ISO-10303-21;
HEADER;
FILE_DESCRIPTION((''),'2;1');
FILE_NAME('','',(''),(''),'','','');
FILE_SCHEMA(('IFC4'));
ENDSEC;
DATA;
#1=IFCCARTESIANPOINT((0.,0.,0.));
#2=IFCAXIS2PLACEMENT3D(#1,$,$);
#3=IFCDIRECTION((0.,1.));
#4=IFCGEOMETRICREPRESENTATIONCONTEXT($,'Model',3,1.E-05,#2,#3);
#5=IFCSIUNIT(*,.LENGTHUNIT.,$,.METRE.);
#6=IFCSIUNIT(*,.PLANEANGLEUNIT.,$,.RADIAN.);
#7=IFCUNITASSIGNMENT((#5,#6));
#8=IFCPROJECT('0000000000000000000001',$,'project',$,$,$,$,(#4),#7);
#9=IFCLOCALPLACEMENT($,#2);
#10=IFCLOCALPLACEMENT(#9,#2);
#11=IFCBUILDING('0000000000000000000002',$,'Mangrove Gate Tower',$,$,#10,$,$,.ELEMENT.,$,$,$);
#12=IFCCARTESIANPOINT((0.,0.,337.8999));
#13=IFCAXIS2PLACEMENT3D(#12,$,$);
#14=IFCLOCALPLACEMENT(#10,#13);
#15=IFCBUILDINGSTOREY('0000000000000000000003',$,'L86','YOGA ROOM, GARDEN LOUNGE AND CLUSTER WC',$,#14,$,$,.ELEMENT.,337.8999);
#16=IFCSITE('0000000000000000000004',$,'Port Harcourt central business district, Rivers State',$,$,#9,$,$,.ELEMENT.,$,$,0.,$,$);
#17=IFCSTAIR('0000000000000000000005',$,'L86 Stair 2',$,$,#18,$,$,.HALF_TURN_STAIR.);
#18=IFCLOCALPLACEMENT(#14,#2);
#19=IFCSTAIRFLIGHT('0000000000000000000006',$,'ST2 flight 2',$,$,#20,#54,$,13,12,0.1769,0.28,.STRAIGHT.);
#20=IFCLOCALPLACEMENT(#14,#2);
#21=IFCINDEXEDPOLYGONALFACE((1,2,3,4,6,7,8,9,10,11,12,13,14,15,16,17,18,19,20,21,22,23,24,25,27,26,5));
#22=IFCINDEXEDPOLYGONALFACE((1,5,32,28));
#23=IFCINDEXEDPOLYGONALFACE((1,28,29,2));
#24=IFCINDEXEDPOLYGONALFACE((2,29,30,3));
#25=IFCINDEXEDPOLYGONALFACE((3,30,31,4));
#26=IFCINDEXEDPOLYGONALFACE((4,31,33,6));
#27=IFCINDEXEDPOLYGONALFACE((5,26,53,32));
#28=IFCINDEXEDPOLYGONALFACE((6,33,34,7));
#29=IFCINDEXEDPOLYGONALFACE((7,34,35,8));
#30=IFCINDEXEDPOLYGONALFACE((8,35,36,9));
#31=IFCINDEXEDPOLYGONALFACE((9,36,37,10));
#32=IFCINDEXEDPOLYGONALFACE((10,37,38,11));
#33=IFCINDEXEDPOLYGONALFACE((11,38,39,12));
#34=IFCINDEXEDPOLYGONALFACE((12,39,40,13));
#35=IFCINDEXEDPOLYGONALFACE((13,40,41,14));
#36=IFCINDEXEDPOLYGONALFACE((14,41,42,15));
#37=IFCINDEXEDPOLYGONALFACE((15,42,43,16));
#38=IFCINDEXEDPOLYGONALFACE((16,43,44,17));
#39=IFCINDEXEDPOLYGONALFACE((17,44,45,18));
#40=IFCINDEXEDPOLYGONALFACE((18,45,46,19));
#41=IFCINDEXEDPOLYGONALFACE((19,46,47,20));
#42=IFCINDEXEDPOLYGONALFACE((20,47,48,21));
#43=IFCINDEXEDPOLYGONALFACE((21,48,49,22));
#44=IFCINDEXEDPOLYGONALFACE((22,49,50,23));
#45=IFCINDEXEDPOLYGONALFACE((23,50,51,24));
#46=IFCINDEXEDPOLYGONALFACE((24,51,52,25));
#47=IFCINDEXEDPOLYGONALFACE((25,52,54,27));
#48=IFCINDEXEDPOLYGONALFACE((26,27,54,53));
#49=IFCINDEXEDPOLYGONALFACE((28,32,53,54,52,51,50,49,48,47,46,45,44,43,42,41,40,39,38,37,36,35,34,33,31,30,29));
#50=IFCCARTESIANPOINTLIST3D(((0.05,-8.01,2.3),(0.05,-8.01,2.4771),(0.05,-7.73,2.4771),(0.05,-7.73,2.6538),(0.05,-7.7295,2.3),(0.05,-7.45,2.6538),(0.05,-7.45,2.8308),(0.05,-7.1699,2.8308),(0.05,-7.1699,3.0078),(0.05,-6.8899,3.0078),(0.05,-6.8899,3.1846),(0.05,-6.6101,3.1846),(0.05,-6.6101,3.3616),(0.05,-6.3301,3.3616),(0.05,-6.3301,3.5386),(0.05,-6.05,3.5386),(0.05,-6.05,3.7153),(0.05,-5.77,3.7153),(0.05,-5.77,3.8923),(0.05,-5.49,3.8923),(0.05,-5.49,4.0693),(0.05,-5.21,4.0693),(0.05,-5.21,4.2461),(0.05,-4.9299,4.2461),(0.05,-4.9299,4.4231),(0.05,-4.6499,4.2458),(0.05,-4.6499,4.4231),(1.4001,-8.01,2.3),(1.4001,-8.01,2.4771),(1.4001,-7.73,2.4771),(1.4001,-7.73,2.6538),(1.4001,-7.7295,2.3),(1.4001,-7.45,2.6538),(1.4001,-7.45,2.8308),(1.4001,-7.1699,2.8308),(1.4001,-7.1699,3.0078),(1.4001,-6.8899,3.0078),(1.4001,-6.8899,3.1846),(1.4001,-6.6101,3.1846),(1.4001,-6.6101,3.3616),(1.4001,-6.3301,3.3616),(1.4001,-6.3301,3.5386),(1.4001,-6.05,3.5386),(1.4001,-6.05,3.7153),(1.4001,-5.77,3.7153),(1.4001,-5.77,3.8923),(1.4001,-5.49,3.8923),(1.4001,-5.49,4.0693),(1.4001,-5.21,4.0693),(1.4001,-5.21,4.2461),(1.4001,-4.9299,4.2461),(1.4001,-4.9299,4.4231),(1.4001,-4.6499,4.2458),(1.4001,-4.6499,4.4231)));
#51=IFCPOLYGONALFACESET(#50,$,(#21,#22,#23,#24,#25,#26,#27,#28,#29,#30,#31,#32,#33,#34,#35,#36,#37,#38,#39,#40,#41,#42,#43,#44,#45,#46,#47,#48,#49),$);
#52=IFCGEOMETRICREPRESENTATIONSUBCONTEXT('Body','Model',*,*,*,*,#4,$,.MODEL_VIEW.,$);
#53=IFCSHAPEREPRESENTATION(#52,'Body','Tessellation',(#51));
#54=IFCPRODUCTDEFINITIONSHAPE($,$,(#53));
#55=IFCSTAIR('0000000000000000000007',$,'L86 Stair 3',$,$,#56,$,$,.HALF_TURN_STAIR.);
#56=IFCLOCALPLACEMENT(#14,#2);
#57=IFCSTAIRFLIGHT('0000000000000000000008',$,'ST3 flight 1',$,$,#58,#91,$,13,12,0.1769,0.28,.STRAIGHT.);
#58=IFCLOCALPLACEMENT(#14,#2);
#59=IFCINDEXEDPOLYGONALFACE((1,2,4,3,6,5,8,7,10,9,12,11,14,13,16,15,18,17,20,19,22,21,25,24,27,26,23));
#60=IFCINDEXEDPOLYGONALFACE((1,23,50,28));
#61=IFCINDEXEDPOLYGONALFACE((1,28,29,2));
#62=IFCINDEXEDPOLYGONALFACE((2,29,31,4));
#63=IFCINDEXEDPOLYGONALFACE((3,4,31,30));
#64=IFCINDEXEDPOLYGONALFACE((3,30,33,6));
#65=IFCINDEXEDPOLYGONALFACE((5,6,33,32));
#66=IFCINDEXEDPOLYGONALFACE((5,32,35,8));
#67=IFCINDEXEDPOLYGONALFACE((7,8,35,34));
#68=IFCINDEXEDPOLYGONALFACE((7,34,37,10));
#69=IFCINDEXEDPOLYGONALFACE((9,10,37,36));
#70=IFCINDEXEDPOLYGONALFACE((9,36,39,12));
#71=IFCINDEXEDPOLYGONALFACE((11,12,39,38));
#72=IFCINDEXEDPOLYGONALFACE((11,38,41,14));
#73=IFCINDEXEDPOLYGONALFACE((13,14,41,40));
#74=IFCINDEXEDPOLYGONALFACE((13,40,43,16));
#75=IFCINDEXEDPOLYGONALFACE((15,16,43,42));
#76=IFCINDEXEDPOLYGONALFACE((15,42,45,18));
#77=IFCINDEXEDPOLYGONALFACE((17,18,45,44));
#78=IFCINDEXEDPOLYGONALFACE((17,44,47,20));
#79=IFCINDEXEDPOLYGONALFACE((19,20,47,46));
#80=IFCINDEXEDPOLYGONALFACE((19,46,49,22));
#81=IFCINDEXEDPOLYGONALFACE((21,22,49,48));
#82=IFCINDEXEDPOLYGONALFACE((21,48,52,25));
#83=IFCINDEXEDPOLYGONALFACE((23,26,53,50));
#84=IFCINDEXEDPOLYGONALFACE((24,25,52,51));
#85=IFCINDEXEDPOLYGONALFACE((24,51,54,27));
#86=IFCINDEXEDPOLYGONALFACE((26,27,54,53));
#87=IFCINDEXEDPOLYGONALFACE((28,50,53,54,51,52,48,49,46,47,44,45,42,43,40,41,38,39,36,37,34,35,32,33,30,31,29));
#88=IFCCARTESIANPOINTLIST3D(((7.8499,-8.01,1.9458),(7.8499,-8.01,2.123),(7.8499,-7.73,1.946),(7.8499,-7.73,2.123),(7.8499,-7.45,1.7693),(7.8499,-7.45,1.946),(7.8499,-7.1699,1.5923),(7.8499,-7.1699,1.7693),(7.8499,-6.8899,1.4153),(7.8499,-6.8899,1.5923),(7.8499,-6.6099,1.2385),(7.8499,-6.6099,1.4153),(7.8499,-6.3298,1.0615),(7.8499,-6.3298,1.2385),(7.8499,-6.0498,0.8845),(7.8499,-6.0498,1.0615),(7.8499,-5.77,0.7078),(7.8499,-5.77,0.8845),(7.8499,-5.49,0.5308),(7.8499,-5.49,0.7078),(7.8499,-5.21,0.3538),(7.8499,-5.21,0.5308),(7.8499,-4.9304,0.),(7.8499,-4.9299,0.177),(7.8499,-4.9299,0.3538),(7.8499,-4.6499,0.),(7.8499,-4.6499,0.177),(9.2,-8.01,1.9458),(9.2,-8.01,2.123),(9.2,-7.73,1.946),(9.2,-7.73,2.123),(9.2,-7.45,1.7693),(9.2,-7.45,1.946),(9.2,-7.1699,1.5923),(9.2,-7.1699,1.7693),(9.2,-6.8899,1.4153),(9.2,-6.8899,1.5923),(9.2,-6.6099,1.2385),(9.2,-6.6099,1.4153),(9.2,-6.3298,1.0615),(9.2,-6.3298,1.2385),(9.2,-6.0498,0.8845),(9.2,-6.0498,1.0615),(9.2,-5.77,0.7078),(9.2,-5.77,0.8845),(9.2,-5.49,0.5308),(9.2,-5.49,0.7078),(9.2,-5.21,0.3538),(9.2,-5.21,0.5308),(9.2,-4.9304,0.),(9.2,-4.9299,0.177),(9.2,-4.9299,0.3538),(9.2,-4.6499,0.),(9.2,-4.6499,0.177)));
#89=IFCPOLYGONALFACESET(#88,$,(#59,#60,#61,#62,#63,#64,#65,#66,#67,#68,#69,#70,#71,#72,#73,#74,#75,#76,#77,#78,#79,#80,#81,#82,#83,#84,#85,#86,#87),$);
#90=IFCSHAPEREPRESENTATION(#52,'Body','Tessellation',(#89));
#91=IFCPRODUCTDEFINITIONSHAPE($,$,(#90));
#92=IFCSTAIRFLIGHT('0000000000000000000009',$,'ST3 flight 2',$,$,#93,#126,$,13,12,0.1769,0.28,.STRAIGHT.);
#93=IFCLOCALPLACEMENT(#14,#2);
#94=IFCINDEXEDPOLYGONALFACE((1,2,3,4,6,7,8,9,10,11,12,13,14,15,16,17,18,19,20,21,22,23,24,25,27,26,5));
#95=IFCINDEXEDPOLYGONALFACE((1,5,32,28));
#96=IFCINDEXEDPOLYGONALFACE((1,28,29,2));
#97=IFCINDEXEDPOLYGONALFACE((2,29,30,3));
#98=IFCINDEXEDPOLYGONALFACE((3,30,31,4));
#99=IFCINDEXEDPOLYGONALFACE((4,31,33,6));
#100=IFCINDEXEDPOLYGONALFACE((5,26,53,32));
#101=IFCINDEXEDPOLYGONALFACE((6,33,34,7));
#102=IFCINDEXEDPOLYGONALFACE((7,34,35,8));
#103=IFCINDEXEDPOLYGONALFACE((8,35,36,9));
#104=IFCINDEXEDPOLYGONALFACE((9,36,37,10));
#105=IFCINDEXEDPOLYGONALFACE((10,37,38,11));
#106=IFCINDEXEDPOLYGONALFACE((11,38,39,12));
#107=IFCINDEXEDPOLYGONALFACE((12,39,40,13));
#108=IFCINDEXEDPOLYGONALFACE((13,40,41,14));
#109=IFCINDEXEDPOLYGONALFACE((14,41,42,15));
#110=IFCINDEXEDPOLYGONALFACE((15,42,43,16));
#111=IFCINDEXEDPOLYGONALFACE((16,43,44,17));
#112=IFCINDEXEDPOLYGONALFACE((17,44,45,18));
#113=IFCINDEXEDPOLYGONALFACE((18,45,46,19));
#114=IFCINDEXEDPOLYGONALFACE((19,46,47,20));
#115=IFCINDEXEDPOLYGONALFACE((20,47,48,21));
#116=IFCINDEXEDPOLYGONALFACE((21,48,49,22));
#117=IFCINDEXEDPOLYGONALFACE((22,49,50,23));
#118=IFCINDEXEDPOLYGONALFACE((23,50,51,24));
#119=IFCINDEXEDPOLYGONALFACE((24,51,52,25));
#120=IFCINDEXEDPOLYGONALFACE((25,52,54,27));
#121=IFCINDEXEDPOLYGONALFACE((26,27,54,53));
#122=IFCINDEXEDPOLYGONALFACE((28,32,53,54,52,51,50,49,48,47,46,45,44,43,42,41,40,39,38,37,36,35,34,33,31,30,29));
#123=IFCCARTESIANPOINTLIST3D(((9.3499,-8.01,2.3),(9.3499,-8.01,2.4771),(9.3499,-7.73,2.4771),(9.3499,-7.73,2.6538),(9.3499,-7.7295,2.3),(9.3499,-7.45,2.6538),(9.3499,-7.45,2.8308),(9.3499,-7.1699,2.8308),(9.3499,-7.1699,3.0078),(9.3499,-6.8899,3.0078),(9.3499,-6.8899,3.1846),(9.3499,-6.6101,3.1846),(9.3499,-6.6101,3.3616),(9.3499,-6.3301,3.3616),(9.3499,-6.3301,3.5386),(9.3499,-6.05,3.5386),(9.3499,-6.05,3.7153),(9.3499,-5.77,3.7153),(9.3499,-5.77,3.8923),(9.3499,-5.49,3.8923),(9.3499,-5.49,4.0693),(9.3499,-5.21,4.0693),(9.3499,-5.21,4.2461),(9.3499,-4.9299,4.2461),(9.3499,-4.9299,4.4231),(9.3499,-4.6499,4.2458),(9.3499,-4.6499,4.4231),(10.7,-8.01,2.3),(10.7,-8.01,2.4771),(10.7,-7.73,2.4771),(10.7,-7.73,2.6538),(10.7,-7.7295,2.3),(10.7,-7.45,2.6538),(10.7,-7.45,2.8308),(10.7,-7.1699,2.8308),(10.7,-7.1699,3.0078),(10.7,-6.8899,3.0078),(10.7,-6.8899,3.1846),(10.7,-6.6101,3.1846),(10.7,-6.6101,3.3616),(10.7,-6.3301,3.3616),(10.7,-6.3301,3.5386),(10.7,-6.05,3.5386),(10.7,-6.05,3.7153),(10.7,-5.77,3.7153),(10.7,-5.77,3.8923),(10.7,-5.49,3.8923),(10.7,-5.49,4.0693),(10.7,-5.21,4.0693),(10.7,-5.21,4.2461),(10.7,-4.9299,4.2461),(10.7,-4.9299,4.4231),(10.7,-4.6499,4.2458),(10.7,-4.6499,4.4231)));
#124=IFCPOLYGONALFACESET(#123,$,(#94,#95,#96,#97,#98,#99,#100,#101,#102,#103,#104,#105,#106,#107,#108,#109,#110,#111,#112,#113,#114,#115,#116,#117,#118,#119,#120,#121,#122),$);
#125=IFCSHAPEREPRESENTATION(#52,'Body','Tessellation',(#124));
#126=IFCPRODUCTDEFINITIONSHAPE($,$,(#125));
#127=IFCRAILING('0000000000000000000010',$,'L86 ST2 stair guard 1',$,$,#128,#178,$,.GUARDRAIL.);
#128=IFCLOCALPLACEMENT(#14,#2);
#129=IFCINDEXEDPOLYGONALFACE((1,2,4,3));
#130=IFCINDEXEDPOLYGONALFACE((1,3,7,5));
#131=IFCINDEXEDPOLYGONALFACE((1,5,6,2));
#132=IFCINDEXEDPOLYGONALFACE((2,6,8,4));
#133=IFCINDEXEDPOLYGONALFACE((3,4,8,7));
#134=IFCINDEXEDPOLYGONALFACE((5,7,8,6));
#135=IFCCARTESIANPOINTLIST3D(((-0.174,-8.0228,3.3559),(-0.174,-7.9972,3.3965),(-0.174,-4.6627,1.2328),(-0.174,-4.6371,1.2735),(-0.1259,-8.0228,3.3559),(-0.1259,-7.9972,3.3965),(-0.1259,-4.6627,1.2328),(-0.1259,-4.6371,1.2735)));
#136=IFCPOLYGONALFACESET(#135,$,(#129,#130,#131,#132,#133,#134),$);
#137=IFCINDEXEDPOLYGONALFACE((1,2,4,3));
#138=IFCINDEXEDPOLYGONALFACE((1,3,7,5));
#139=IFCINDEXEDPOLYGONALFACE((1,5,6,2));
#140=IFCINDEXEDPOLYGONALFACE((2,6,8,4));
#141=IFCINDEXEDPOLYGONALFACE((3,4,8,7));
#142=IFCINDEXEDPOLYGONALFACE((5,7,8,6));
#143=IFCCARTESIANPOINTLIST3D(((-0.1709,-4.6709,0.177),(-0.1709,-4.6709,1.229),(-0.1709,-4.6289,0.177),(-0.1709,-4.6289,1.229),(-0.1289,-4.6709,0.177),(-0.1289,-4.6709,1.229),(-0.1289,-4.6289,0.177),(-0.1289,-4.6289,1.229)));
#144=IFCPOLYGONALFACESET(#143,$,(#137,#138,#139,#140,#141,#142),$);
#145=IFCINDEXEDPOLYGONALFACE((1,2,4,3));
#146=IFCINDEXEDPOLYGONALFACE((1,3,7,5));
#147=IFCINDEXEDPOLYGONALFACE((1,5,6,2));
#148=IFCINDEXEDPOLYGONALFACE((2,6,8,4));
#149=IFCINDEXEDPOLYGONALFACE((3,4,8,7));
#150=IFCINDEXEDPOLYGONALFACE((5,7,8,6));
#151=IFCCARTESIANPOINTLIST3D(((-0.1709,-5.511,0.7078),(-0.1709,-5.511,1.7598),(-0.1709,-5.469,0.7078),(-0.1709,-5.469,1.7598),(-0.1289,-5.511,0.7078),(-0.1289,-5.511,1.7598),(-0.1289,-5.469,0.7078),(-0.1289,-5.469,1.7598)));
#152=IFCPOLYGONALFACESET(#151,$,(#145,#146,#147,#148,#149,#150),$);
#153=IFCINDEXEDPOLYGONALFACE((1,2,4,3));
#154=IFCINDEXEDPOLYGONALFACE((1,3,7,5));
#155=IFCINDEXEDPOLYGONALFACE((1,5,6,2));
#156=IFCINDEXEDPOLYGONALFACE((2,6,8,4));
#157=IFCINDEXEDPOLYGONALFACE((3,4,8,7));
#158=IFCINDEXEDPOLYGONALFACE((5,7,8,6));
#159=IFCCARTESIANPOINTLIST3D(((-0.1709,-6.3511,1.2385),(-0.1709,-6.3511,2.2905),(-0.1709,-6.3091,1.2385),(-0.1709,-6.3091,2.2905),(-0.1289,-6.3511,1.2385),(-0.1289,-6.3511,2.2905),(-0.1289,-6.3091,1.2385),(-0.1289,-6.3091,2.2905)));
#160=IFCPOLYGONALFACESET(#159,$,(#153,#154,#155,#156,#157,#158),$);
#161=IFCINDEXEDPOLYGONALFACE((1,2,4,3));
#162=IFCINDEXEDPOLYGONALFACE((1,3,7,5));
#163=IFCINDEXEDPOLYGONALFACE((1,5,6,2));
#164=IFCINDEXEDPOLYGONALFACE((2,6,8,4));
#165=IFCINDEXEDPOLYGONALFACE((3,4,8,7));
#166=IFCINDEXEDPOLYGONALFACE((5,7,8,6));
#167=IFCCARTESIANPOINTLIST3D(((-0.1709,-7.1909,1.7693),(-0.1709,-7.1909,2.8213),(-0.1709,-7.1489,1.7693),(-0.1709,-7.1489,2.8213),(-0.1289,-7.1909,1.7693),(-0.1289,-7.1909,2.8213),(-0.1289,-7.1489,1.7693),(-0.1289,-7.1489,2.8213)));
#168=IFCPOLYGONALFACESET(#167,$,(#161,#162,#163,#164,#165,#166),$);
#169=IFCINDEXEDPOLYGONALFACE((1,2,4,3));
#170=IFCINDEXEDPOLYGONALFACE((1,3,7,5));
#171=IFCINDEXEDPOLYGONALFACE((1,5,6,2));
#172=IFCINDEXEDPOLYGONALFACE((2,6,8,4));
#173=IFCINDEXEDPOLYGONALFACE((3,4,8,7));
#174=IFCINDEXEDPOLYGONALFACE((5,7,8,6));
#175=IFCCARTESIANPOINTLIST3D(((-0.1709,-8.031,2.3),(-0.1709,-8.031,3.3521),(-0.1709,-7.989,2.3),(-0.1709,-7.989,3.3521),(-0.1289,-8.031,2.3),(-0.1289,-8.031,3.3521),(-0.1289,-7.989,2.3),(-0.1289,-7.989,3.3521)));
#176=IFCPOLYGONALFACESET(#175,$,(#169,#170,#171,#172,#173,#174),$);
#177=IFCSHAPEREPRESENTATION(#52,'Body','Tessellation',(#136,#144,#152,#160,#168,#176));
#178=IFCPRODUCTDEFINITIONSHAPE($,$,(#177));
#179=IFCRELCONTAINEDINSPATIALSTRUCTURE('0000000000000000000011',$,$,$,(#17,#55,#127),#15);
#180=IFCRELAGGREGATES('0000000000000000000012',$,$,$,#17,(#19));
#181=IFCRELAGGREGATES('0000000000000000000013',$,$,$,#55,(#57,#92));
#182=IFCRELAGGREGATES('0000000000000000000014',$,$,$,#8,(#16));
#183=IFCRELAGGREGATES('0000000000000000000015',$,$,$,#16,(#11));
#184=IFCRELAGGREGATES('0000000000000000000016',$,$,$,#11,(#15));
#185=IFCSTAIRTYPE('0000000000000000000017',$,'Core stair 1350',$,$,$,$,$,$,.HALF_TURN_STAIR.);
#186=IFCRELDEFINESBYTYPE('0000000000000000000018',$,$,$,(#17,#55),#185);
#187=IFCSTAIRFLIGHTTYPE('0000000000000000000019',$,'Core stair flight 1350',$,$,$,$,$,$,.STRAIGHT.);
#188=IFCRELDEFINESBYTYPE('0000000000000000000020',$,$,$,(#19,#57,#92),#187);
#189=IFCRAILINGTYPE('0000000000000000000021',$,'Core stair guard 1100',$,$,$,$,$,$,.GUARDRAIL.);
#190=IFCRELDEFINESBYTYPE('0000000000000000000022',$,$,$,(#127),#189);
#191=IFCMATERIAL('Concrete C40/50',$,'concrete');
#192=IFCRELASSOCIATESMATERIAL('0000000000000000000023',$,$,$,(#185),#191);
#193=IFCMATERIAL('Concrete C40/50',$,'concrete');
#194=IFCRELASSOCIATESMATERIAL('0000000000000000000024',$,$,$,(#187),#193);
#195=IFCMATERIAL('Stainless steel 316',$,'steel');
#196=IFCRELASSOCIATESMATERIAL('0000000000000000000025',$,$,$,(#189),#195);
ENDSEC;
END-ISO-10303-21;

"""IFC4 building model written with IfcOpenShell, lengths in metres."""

from ifc_helpers import new_model, si_unit, direction, frame, origin, origin_2d, place, context, subcontext, project, spatial, polyline, rectangle, outline, extrude, material, type_object, element, aggregate, save


model = new_model("IFC4")

# Units and contexts
model_context = context("Model", 3, precision=1e-05, world=origin(), true_north=direction((0.0, 1.0)))
body_context = subcontext(model_context, "Body", "Model", "MODEL_VIEW")
ifc_project = project(units=[si_unit("LENGTHUNIT", "METRE"), si_unit("PLANEANGLEUNIT", "RADIAN")], contexts=[model_context])

# Site, building, storey
site_placement = place(None, origin())
site = spatial("IfcSite", under=ifc_project, at=site_placement, Name="Port Harcourt central business district, Rivers State", CompositionType="ELEMENT", RefElevation=0.0)
building_placement = place(site_placement, origin())
building = spatial("IfcBuilding", under=site, at=building_placement, Name="Mangrove Gate Tower", CompositionType="ELEMENT")
storey_placement = place(building_placement, frame((0.0, 0.0, 337.8999)))
storey = spatial("IfcBuildingStorey", under=building, at=storey_placement, Name="L86", Description="YOGA ROOM, GARDEN LOUNGE AND CLUSTER WC", CompositionType="ELEMENT", Elevation=337.8999)

# Stairs, stair flights
ifc_material_1 = material(Name="Concrete C40/50", Category="concrete")
stair_type = type_object("IfcStairType", Name="Core stair 1350", PredefinedType="HALF_TURN_STAIR", material=ifc_material_1)
stair_1_placement = place(storey_placement, origin())
stair_1 = element("IfcStair", 1, at=stair_1_placement, inside=storey, type_object=stair_type, Name="L86 Stair 2", PredefinedType="HALF_TURN_STAIR")
ifc_material_2 = material(Name="Concrete C40/50", Category="concrete")
stair_flight_type = type_object("IfcStairFlightType", Name="Core stair flight 1350", PredefinedType="STRAIGHT", material=ifc_material_2)
stair_flight_1_placement = place(storey_placement, frame((0.7251, -8.01, 2.3), z_axis=(0.0, 0.0, 1.0), x_axis=(0.0, 1.0, 0.0)))
stair_flight_1 = element("IfcStairFlight", 2, at=stair_flight_1_placement, type_object=stair_flight_type, Name="ST2 flight 2", NumberOfRisers=13, NumberOfTreads=12, PredefinedType="STRAIGHT", RiserHeight=0.1769, TreadLength=0.28, context=body_context, shape_type="SweptSolid", body=[
    extrude(outline(polyline([(0.0, 0.0), (0.0, 0.177), (0.28, 0.177), (0.28, 0.3538), (0.5601, 0.3538), (0.5601, 0.5308), (0.8401, 0.5308), (0.8401, 0.7078), (1.1201, 0.7078), (1.1201, 0.8845), (1.3999, 0.8845), (1.3999, 1.0615), (1.6799, 1.0615), (1.6799, 1.2385), (1.96, 1.2385), (1.96, 1.4153), (2.24, 1.4153), (2.24, 1.5923), (2.52, 1.5923), (2.52, 1.7693), (2.8, 1.7693), (2.8, 1.946), (3.0801, 1.946), (3.0801, 2.123), (3.3601, 2.123), (3.3601, 2.3), (3.3601, 1.9458), (0.2805, 0.0), (0.0, 0.0)])), frame((0.0, 0.675, 0.0), z_axis=(0.0, -1.0, 0.0), x_axis=(1.0, 0.0, 0.0)), (0.0, 0.0, 1.0), 1.3501),
])
aggregate(stair_1, [stair_flight_1])
stair_2_placement = place(storey_placement, origin())
stair_2 = element("IfcStair", 3, at=stair_2_placement, inside=storey, type_object=stair_type, Name="L86 Stair 3", PredefinedType="HALF_TURN_STAIR")
stair_flight_2_placement = place(storey_placement, frame((8.5249, -4.6499, 0.0), z_axis=(0.0, 0.0, 1.0), x_axis=(0.0, -1.0, 0.0)))
stair_flight_2 = element("IfcStairFlight", 4, at=stair_flight_2_placement, type_object=stair_flight_type, Name="ST3 flight 1", NumberOfRisers=13, NumberOfTreads=12, PredefinedType="STRAIGHT", RiserHeight=0.1769, TreadLength=0.28, context=body_context, shape_type="SweptSolid", body=[
    extrude(outline(polyline([(0.0, 0.0), (0.0, 0.177), (0.28, 0.177), (0.28, 0.3538), (0.5601, 0.3538), (0.5601, 0.5308), (0.8401, 0.5308), (0.8401, 0.7078), (1.1201, 0.7078), (1.1201, 0.8845), (1.3999, 0.8845), (1.3999, 1.0615), (1.6799, 1.0615), (1.6799, 1.2385), (1.96, 1.2385), (1.96, 1.4153), (2.24, 1.4153), (2.24, 1.5923), (2.52, 1.5923), (2.52, 1.7693), (2.8, 1.7693), (2.8, 1.946), (3.0801, 1.946), (3.0801, 2.123), (3.3601, 2.123), (3.3601, 2.3), (3.3601, 1.9458), (0.2805, 0.0), (0.0, 0.0)])), frame((0.0, 0.675, 0.0), z_axis=(0.0, -1.0, 0.0), x_axis=(1.0, 0.0, 0.0)), (0.0, 0.0, 1.0), 1.3501),
])
stair_flight_3_placement = place(storey_placement, frame((10.0249, -8.01, 2.3), z_axis=(0.0, 0.0, 1.0), x_axis=(0.0, 1.0, 0.0)))
stair_flight_3 = element("IfcStairFlight", 5, at=stair_flight_3_placement, type_object=stair_flight_type, Name="ST3 flight 2", NumberOfRisers=13, NumberOfTreads=12, PredefinedType="STRAIGHT", RiserHeight=0.1769, TreadLength=0.28, context=body_context, shape_type="SweptSolid", body=[
    extrude(outline(polyline([(0.0, 0.0), (0.0, 0.177), (0.28, 0.177), (0.28, 0.3538), (0.5601, 0.3538), (0.5601, 0.5308), (0.8401, 0.5308), (0.8401, 0.7078), (1.1201, 0.7078), (1.1201, 0.8845), (1.3999, 0.8845), (1.3999, 1.0615), (1.6799, 1.0615), (1.6799, 1.2385), (1.96, 1.2385), (1.96, 1.4153), (2.24, 1.4153), (2.24, 1.5923), (2.52, 1.5923), (2.52, 1.7693), (2.8, 1.7693), (2.8, 1.946), (3.0801, 1.946), (3.0801, 2.123), (3.3601, 2.123), (3.3601, 2.3), (3.3601, 1.9458), (0.2805, 0.0), (0.0, 0.0)])), frame((0.0, 0.675, 0.0), z_axis=(0.0, -1.0, 0.0), x_axis=(1.0, 0.0, 0.0)), (0.0, 0.0, 1.0), 1.3501),
])
aggregate(stair_2, [stair_flight_2, stair_flight_3])

# Railing
ifc_material_3 = material(Name="Stainless steel 316", Category="steel")
railing_type_1 = type_object("IfcRailingType", Name="Core stair guard 1100", PredefinedType="GUARDRAIL", material=ifc_material_3)
railing_1_placement = place(storey_placement, frame((-0.1499, -4.6499, 0.177)))
element("IfcRailing", 6, at=railing_1_placement, inside=storey, type_object=railing_type_1, Name="L86 ST2 stair guard 1", PredefinedType="GUARDRAIL", context=body_context, shape_type="SweptSolid", body=[
    extrude(rectangle(XDim=0.0481, YDim=0.0481, at=origin_2d()), frame((0.0, 0.0, 1.0762), z_axis=(0.0, -0.84539, 0.53415), x_axis=(1.0, 0.0, 0.0)), (0.0, 0.0, 1.0), 3.9746),
    extrude(rectangle(XDim=0.042, YDim=0.042, at=origin_2d()), origin(), (0.0, 0.0, 1.0), 1.052),
    extrude(rectangle(XDim=0.042, YDim=0.042, at=origin_2d()), frame((0.0, -0.8401, 0.5308)), (0.0, 0.0, 1.0), 1.052),
    extrude(rectangle(XDim=0.042, YDim=0.042, at=origin_2d()), frame((0.0, -1.6802, 1.0615)), (0.0, 0.0, 1.0), 1.052),
    extrude(rectangle(XDim=0.042, YDim=0.042, at=origin_2d()), frame((0.0, -2.52, 1.5923)), (0.0, 0.0, 1.0), 1.052),
    extrude(rectangle(XDim=0.042, YDim=0.042, at=origin_2d()), frame((0.0, -3.3601, 2.123)), (0.0, 0.0, 1.0), 1.052),
])

save(model, "model.ifc")
